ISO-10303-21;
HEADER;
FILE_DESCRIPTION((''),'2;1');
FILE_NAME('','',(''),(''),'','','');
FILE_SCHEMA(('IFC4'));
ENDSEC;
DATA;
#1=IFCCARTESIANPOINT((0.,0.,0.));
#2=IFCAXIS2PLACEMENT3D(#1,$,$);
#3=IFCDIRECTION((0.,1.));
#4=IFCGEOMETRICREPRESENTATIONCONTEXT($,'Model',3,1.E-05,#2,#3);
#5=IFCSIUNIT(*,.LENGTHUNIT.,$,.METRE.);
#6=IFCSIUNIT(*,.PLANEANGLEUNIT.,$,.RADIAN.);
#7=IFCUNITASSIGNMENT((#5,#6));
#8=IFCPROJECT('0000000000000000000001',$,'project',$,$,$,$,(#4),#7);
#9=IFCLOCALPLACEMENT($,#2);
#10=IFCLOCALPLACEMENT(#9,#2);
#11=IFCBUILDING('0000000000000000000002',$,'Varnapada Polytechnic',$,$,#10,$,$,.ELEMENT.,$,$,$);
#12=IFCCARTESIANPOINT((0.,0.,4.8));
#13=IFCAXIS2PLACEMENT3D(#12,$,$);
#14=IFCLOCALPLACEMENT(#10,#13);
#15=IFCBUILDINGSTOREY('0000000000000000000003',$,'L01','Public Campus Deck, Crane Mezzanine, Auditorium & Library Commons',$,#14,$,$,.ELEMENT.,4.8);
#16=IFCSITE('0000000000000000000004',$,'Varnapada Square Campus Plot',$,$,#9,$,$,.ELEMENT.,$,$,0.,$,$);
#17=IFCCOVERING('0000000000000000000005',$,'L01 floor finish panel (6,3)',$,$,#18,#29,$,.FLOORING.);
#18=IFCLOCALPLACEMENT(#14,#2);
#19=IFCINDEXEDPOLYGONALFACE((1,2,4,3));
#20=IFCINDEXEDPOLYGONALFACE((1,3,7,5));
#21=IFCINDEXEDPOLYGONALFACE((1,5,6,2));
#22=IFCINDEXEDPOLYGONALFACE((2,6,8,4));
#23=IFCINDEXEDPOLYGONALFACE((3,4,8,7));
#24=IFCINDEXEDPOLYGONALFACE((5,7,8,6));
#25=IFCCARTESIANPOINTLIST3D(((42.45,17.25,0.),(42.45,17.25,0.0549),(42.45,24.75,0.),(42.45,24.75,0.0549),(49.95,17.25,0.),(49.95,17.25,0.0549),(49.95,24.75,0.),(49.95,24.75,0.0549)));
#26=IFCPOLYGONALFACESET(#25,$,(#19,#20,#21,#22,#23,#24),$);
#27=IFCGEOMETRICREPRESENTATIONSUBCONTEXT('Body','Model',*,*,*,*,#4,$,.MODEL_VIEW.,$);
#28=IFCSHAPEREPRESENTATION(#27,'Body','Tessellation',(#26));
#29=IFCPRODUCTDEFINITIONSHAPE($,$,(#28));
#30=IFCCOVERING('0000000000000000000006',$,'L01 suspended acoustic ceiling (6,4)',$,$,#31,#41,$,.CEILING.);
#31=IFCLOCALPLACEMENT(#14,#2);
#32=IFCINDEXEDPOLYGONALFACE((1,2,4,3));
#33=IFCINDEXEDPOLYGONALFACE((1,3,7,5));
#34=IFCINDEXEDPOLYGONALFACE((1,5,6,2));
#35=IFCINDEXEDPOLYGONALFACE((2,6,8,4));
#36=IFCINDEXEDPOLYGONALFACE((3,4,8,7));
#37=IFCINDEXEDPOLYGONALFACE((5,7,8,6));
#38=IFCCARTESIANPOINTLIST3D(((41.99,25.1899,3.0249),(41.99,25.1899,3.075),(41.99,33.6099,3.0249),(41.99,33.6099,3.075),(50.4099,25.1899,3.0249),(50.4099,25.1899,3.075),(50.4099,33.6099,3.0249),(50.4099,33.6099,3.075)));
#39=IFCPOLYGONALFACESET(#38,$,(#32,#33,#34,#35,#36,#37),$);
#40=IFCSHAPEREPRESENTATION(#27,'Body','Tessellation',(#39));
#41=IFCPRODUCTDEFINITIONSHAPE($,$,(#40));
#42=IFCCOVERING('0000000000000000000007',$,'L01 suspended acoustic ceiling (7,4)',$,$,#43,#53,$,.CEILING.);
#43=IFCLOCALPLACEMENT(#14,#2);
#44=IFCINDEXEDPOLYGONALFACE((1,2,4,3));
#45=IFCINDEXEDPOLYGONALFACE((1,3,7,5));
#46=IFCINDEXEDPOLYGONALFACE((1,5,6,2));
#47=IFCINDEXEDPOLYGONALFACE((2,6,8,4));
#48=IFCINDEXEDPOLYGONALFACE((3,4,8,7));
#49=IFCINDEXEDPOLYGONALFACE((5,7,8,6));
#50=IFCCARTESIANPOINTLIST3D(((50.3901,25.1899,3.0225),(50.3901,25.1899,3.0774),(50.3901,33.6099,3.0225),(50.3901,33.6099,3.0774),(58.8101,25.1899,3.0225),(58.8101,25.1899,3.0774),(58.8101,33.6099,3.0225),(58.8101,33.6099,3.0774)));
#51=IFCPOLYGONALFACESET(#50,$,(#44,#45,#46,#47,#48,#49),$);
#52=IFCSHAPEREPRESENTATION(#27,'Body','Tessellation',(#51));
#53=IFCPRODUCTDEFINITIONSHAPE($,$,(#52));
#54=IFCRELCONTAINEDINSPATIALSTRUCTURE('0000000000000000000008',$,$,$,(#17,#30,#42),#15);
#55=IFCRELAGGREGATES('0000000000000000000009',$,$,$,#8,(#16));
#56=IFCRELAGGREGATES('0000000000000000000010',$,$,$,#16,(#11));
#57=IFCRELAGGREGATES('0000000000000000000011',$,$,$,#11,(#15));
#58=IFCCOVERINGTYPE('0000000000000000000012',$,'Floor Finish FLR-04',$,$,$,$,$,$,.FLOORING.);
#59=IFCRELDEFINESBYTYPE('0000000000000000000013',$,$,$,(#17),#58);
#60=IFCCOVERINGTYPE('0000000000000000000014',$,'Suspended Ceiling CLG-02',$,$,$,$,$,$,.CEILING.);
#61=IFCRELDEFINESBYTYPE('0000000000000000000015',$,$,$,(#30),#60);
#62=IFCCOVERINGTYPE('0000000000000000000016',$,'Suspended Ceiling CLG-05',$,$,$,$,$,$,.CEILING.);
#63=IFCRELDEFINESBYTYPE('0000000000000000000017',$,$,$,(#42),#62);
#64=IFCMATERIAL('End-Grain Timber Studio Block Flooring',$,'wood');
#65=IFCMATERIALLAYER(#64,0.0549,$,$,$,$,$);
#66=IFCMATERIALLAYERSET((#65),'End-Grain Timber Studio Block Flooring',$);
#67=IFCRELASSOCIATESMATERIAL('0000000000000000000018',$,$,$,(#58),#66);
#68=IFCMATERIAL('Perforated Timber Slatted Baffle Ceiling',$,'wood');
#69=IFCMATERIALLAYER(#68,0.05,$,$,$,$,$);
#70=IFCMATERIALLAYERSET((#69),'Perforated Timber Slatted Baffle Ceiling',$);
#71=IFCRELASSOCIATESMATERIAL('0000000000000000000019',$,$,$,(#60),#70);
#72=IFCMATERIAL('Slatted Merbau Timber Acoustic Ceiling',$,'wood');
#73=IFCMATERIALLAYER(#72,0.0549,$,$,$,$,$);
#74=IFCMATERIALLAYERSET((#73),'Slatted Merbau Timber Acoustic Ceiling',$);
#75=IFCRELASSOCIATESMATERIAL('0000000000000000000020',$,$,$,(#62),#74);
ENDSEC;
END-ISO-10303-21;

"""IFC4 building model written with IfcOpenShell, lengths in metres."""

from ifc_helpers import new_model, si_unit, direction, frame, origin, origin_2d, place, context, subcontext, project, spatial, rectangle, extrude, material, layer, layer_set, type_object, element, save


model = new_model("IFC4")

# Units and contexts
model_context = context("Model", 3, precision=1e-05, world=origin(), true_north=direction((0.0, 1.0)))
body_context = subcontext(model_context, "Body", "Model", "MODEL_VIEW")
ifc_project = project(units=[si_unit("LENGTHUNIT", "METRE"), si_unit("PLANEANGLEUNIT", "RADIAN")], contexts=[model_context])

# Site, building, storey
site_placement = place(None, origin())
site = spatial("IfcSite", under=ifc_project, at=site_placement, Name="Varnapada Square Campus Plot", CompositionType="ELEMENT", RefElevation=0.0)
building_placement = place(site_placement, origin())
building = spatial("IfcBuilding", under=site, at=building_placement, Name="Varnapada Polytechnic", CompositionType="ELEMENT")
storey_placement = place(building_placement, frame((0.0, 0.0, 4.8)))
storey = spatial("IfcBuildingStorey", under=building, at=storey_placement, Name="L01", Description="Public Campus Deck, Crane Mezzanine, Auditorium & Library Commons", CompositionType="ELEMENT", Elevation=4.8)

# Coverings
ifc_material_1 = material(Name="End-Grain Timber Studio Block Flooring", Category="wood")
ifc_layer_1 = layer(ifc_material_1, 0.0549)
ifc_layer_set_1 = layer_set([ifc_layer_1], Name="End-Grain Timber Studio Block Flooring")
covering_type_1 = type_object("IfcCoveringType", Name="Floor Finish FLR-04", PredefinedType="FLOORING", material=ifc_layer_set_1)
covering_1_placement = place(storey_placement, frame((46.2, 21.0, 0.0), z_axis=(0.0, 0.0, 1.0), x_axis=(1.0, 0.0, 0.0)))
element("IfcCovering", 1, at=covering_1_placement, inside=storey, type_object=covering_type_1, Name="L01 floor finish panel (6,3)", PredefinedType="FLOORING", context=body_context, shape_type="SweptSolid", body=[
    extrude(rectangle(XDim=7.5, YDim=7.5, at=origin_2d()), origin(), (0.0, 0.0, 1.0), 0.0549),
])
ifc_material_2 = material(Name="Perforated Timber Slatted Baffle Ceiling", Category="wood")
ifc_layer_2 = layer(ifc_material_2, 0.05)
ifc_layer_set_2 = layer_set([ifc_layer_2], Name="Perforated Timber Slatted Baffle Ceiling")
covering_type_2 = type_object("IfcCoveringType", Name="Suspended Ceiling CLG-02", PredefinedType="CEILING", material=ifc_layer_set_2)
covering_2_placement = place(storey_placement, frame((46.2, 29.3999, 3.0249), z_axis=(0.0, 0.0, 1.0), x_axis=(1.0, 0.0, 0.0)))
element("IfcCovering", 2, at=covering_2_placement, inside=storey, type_object=covering_type_2, Name="L01 suspended acoustic ceiling (6,4)", PredefinedType="CEILING", context=body_context, shape_type="SweptSolid", body=[
    extrude(rectangle(XDim=8.4199, YDim=8.4199, at=origin_2d()), origin(), (0.0, 0.0, 1.0), 0.05),
])
ifc_material_3 = material(Name="Slatted Merbau Timber Acoustic Ceiling", Category="wood")
ifc_layer_3 = layer(ifc_material_3, 0.0549)
ifc_layer_set_3 = layer_set([ifc_layer_3], Name="Slatted Merbau Timber Acoustic Ceiling")
covering_type_3 = type_object("IfcCoveringType", Name="Suspended Ceiling CLG-05", PredefinedType="CEILING", material=ifc_layer_set_3)
covering_3_placement = place(storey_placement, frame((54.6001, 29.3999, 3.0225), z_axis=(0.0, 0.0, 1.0), x_axis=(1.0, 0.0, 0.0)))
element("IfcCovering", 3, at=covering_3_placement, inside=storey, type_object=covering_type_3, Name="L01 suspended acoustic ceiling (7,4)", PredefinedType="CEILING", context=body_context, shape_type="SweptSolid", body=[
    extrude(rectangle(XDim=8.4199, YDim=8.4199, at=origin_2d()), origin(), (0.0, 0.0, 1.0), 0.0549),
])

save(model, "model.ifc")
